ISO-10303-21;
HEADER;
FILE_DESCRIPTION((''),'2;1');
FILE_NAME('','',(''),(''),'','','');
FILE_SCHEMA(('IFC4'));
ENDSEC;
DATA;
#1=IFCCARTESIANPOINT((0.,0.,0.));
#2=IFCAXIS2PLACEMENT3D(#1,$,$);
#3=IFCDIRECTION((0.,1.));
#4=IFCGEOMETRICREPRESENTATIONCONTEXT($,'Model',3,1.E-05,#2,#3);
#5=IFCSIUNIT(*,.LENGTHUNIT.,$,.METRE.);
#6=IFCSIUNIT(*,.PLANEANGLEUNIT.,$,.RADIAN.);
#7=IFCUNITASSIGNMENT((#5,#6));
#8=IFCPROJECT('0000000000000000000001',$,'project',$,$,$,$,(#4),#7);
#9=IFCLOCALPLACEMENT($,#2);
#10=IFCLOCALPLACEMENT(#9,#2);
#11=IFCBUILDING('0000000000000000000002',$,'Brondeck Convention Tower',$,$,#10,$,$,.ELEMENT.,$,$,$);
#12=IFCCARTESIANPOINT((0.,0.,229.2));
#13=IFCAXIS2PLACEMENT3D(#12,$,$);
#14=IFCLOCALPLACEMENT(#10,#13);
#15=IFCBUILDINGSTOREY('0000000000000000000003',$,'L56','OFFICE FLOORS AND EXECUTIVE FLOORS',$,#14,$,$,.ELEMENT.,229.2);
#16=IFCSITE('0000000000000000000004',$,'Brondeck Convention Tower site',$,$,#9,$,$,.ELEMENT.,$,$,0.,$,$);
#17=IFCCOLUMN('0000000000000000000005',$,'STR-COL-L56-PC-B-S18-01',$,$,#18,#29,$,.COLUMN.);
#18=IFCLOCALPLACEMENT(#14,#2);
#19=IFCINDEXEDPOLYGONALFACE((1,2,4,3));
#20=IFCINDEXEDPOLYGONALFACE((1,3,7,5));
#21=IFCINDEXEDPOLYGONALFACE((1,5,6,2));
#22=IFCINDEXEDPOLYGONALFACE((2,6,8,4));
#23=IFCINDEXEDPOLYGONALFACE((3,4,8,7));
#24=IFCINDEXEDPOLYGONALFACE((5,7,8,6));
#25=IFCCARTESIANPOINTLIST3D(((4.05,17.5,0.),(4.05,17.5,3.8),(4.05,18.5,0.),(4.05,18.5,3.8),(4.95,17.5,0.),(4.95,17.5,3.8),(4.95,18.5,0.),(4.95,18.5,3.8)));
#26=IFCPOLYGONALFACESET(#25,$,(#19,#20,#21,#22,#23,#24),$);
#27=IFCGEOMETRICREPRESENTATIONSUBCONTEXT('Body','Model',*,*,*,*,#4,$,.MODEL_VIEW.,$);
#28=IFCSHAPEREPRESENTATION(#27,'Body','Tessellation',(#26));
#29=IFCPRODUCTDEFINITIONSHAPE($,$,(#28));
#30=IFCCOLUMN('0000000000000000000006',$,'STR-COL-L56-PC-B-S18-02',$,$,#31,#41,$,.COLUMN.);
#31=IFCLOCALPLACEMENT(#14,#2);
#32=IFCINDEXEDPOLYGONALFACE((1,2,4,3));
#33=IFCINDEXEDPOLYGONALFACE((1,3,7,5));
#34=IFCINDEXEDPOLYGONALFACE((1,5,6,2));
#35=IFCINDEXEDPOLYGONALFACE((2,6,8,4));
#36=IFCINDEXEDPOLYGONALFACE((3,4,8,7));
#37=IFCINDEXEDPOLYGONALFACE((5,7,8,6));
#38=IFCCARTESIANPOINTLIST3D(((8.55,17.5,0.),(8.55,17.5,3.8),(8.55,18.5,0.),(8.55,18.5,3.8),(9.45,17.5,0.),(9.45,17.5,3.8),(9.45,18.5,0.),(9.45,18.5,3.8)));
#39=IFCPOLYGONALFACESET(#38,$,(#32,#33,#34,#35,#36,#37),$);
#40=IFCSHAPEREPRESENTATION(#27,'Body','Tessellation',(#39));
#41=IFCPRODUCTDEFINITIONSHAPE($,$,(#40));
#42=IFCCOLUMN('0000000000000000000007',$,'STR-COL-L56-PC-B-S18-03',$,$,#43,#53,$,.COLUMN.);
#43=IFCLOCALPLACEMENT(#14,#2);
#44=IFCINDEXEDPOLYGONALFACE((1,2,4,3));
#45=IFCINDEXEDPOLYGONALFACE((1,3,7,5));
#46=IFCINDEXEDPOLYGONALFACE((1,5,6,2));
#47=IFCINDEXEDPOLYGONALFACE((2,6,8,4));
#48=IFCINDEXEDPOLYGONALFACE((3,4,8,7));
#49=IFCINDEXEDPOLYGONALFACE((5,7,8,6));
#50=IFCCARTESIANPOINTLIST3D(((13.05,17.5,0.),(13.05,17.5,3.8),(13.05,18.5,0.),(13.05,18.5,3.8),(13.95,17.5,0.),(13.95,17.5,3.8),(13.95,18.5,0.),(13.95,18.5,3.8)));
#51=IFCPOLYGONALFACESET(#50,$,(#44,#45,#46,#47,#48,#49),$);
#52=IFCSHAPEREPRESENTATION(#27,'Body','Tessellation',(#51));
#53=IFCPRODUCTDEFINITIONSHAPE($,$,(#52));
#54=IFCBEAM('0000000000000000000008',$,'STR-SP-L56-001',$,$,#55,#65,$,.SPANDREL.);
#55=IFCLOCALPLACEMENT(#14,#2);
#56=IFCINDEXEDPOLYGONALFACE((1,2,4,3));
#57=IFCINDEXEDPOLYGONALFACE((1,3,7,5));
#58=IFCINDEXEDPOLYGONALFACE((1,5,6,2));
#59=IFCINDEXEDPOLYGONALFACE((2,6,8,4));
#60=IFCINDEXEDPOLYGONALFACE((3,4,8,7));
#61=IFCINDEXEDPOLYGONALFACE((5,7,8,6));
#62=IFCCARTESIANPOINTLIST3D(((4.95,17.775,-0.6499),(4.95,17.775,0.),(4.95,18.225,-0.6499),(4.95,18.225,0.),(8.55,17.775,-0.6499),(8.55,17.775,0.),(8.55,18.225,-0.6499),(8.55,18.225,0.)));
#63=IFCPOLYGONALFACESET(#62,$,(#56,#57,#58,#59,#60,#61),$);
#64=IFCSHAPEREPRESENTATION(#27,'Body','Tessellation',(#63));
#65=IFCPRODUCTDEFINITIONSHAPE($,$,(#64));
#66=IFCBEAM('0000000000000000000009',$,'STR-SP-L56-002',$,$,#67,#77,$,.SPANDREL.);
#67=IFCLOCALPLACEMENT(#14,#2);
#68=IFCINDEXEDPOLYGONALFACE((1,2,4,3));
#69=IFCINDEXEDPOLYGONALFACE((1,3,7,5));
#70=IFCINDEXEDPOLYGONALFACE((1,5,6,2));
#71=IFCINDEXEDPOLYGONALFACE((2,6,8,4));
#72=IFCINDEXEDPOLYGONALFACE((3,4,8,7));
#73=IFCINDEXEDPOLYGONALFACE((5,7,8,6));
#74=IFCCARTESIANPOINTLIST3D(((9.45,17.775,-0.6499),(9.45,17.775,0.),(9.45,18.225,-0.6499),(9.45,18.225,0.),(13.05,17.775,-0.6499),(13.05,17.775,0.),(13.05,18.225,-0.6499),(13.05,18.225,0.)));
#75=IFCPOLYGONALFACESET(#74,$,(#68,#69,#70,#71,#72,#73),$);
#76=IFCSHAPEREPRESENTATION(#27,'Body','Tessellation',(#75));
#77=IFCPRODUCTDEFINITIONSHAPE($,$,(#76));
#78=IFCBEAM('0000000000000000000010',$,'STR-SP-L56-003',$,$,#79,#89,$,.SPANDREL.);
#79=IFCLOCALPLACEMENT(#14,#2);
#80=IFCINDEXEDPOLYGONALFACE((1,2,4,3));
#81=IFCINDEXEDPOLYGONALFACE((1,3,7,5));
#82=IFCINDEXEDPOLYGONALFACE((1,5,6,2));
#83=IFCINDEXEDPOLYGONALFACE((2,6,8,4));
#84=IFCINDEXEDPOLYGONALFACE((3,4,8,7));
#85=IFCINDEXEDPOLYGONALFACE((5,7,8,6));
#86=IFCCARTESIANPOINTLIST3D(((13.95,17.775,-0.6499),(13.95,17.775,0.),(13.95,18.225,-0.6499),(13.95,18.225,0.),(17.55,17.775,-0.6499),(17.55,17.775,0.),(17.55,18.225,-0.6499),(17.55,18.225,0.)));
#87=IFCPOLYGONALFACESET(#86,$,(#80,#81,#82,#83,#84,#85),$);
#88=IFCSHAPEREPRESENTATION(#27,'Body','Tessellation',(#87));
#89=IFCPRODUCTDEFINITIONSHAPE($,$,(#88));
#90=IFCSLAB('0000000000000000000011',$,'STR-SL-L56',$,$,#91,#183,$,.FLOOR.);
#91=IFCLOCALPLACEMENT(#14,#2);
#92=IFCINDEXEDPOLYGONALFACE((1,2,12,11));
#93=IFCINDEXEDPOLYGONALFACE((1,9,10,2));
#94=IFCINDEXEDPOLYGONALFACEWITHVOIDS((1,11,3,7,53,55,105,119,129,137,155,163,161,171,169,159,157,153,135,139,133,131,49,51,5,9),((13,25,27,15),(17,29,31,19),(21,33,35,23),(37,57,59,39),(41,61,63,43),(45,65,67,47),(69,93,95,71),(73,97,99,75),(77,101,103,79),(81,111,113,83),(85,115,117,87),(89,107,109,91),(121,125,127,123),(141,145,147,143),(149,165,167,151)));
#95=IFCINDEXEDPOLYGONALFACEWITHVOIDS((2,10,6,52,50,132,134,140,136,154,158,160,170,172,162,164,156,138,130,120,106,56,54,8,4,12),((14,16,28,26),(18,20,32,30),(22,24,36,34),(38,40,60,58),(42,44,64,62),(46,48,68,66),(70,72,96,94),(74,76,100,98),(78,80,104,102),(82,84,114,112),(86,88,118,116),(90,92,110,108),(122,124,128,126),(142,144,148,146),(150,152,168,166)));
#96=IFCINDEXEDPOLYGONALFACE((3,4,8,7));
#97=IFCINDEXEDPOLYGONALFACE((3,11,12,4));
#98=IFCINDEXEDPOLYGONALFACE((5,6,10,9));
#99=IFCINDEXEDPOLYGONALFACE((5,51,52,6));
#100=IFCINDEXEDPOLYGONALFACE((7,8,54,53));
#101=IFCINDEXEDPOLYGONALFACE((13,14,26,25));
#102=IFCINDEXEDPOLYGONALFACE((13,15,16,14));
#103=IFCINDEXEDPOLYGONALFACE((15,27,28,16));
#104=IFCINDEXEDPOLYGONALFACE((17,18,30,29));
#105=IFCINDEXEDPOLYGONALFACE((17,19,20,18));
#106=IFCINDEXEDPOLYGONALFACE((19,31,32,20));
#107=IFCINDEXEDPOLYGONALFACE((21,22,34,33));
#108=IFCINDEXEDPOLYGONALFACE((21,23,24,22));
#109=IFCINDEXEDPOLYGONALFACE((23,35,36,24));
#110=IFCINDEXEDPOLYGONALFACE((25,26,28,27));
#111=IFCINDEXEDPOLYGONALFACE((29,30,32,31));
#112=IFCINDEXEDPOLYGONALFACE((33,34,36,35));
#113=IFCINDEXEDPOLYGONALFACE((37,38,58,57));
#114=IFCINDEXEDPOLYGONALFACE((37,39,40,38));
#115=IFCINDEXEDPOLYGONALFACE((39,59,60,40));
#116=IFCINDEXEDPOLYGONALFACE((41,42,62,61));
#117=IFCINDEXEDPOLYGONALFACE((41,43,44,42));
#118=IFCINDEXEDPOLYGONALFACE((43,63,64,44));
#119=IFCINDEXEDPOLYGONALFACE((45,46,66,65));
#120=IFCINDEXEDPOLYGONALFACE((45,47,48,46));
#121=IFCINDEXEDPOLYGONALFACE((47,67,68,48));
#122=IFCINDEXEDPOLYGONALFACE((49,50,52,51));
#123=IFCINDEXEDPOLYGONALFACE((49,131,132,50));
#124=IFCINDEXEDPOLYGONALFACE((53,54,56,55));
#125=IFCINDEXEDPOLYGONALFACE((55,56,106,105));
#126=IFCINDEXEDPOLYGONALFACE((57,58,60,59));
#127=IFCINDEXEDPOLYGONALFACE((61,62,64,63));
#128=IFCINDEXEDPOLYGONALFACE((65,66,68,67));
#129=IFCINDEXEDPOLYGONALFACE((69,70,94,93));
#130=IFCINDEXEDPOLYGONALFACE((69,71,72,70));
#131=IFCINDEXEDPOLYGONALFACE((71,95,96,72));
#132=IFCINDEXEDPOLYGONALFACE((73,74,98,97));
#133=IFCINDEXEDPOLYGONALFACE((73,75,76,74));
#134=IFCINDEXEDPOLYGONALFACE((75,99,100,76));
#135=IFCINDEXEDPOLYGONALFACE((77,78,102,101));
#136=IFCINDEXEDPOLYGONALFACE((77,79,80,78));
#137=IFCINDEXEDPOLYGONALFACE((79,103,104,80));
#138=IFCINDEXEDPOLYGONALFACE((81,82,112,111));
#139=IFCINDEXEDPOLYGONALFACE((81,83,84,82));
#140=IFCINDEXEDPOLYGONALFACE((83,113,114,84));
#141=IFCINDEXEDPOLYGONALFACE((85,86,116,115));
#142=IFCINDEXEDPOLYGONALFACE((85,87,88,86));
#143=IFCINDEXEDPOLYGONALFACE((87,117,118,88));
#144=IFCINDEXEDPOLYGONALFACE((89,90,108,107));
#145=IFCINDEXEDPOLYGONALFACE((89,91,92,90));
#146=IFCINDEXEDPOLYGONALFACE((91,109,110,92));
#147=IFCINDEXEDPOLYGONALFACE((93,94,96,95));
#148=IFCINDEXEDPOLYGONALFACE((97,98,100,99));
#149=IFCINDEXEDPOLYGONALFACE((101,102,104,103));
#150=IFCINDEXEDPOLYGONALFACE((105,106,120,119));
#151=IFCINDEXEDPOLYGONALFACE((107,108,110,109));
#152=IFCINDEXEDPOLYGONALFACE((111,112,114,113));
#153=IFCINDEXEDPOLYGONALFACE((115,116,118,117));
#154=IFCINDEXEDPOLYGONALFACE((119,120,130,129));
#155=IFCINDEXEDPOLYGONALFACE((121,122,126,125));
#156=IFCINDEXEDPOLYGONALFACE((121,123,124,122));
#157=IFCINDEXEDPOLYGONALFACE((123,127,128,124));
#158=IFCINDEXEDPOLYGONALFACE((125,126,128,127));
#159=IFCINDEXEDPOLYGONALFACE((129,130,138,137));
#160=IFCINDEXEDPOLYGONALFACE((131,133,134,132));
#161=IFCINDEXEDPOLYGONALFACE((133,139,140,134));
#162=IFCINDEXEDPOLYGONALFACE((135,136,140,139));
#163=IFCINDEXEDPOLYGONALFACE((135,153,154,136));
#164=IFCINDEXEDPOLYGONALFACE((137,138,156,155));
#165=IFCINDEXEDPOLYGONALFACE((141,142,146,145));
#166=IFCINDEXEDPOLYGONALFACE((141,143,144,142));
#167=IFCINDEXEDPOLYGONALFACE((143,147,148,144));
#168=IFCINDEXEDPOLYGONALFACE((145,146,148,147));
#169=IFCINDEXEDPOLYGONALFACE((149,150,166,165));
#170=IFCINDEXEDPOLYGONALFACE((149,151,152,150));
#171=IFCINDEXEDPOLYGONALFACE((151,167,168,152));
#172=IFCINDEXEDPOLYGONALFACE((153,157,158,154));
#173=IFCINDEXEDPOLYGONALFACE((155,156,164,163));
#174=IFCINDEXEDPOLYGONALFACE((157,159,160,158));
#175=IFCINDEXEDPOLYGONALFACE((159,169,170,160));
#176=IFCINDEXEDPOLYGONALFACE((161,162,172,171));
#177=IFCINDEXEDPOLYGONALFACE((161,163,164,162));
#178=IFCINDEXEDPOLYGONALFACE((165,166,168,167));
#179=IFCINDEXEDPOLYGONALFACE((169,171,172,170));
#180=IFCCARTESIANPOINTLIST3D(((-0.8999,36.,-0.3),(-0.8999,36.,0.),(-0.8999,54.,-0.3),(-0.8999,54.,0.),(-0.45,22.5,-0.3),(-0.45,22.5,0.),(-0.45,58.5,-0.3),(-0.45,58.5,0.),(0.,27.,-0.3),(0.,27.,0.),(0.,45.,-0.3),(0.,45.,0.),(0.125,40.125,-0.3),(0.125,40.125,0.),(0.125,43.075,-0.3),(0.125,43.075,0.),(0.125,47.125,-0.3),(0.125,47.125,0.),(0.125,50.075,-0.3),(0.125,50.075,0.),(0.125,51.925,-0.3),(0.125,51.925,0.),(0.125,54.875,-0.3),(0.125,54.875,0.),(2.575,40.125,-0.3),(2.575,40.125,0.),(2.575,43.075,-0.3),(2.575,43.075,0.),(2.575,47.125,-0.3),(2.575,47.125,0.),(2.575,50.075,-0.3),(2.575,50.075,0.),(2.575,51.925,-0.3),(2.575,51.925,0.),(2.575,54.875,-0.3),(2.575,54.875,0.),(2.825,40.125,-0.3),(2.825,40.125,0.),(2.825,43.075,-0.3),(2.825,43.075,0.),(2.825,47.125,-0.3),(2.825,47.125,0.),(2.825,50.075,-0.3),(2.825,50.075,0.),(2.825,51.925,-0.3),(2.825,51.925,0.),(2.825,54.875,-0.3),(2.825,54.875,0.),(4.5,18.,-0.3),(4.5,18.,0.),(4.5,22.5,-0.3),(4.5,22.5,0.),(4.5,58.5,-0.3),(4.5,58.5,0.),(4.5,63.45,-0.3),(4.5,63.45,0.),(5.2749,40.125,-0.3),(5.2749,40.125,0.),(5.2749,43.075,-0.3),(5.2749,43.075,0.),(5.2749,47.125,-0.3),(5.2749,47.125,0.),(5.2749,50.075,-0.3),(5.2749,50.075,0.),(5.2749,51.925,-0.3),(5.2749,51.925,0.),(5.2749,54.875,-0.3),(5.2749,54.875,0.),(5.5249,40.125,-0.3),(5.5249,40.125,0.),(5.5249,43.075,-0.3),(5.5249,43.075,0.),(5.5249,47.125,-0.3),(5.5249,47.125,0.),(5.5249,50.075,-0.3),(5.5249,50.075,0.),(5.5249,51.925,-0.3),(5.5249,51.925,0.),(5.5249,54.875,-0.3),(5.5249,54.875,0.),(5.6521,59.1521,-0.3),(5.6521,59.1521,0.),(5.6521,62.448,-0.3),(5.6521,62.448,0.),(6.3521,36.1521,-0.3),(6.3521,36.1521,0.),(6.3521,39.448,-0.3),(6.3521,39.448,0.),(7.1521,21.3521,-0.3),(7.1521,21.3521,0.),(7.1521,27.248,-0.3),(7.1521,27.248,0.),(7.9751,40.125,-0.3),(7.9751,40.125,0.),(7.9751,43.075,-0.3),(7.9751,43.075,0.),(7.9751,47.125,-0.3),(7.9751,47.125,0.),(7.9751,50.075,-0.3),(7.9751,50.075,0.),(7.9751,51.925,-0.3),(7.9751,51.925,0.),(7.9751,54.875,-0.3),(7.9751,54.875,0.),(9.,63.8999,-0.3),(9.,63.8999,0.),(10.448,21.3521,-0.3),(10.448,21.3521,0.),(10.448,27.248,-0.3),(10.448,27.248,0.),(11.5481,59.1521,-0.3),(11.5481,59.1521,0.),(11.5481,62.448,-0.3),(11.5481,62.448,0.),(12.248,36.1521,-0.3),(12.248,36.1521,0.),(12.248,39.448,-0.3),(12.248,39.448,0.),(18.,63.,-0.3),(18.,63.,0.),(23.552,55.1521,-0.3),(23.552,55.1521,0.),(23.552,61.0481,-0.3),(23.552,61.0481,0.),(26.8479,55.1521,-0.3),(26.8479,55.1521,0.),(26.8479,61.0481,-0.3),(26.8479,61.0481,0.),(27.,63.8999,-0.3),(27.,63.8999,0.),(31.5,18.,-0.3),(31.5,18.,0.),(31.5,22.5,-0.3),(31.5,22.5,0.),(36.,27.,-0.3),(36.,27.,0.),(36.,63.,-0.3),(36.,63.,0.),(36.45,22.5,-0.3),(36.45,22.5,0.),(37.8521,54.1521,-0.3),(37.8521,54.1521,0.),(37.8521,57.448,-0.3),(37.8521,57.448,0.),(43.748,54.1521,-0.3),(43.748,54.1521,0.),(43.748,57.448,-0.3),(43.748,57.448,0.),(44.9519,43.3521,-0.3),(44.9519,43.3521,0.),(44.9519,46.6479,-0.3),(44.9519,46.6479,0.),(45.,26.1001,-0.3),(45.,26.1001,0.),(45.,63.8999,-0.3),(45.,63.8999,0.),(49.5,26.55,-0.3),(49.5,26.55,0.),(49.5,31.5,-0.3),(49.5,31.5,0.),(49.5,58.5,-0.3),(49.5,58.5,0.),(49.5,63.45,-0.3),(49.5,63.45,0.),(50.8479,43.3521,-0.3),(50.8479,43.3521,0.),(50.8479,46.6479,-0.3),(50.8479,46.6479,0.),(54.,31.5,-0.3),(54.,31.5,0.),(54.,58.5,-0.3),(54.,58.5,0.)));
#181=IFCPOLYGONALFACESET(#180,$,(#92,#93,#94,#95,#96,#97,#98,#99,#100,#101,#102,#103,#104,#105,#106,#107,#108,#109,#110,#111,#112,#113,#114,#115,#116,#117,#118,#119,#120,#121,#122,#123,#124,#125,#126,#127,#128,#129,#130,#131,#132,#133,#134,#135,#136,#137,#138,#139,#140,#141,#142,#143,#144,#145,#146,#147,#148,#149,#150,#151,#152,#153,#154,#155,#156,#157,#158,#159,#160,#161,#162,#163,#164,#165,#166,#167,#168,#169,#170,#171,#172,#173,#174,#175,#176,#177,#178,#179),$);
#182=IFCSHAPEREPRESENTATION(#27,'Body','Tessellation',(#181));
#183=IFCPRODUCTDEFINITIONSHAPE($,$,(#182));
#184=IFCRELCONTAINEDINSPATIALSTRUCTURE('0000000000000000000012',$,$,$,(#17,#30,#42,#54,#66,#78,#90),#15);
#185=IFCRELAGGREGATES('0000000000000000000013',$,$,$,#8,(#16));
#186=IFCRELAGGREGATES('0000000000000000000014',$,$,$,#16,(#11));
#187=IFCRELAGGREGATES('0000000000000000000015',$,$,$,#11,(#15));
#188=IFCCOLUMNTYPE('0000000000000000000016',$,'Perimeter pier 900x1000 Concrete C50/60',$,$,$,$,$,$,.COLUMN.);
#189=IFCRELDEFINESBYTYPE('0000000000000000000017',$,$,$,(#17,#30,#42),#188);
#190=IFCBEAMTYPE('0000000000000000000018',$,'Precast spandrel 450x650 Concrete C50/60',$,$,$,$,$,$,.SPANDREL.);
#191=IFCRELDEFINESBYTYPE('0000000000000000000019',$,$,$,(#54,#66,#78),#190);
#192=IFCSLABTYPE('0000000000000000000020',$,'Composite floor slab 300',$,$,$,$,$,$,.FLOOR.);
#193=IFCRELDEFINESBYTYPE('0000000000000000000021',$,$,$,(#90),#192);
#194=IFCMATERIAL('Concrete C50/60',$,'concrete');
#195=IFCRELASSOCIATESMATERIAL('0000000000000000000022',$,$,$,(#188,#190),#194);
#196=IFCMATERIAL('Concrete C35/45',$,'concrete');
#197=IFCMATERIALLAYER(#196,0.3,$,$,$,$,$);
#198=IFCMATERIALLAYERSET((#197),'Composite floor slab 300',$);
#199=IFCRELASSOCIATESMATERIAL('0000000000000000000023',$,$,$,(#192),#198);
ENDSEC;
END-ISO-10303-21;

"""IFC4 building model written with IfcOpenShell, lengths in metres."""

from ifc_helpers import new_model, si_unit, direction, frame, origin, origin_2d, place, context, subcontext, project, spatial, polyline, rectangle, outline, extrude, material, layer, layer_set, material_profile, profile_set, type_object, element, save


model = new_model("IFC4")

# Units and contexts
model_context = context("Model", 3, precision=1e-05, world=origin(), true_north=direction((0.0, 1.0)))
body_context = subcontext(model_context, "Body", "Model", "MODEL_VIEW")
ifc_project = project(units=[si_unit("LENGTHUNIT", "METRE"), si_unit("PLANEANGLEUNIT", "RADIAN")], contexts=[model_context])

# Site, building, storey
site_placement = place(None, origin())
site = spatial("IfcSite", under=ifc_project, at=site_placement, Name="Brondeck Convention Tower site", CompositionType="ELEMENT", RefElevation=0.0)
building_placement = place(site_placement, origin())
building = spatial("IfcBuilding", under=site, at=building_placement, Name="Brondeck Convention Tower", CompositionType="ELEMENT")
storey_placement = place(building_placement, frame((0.0, 0.0, 229.2)))
storey = spatial("IfcBuildingStorey", under=building, at=storey_placement, Name="L56", Description="OFFICE FLOORS AND EXECUTIVE FLOORS", CompositionType="ELEMENT", Elevation=229.2)

# Columns
ifc_material_1 = material(Name="Concrete C50/60", Category="concrete")
ifc_material_profile_1 = material_profile(ifc_material_1, rectangle(XDim=0.8999, YDim=1.0, at=origin_2d()), Name="Perimeter pier 900x1000 Concrete C50/60")
ifc_profile_set_1 = profile_set([ifc_material_profile_1], Name="Concrete C50/60")
column_type = type_object("IfcColumnType", Name="Perimeter pier 900x1000 Concrete C50/60", PredefinedType="COLUMN", material=ifc_profile_set_1)
for number, where, z_axis, x_axis, name in (
    (1, (4.5, 18.0, 0.0), (0.0, 0.0, 1.0), (1.0, 0.0, 0.0), "STR-COL-L56-PC-B-S18-01"),
    (2, (9.0, 18.0, 0.0), (0.0, 0.0, 1.0), (1.0, 0.0, 0.0), "STR-COL-L56-PC-B-S18-02"),
    (3, (13.5, 18.0, 0.0), (0.0, 0.0, 1.0), (1.0, 0.0, 0.0), "STR-COL-L56-PC-B-S18-03"),
):
    element("IfcColumn", number, at=place(storey_placement, frame(where, z_axis=z_axis, x_axis=x_axis)), inside=storey, type_object=column_type, Name=name, PredefinedType="COLUMN", context=body_context, shape_type="SweptSolid", body=[
        extrude(rectangle(XDim=0.8999, YDim=1.0, at=origin_2d()), origin(), (0.0, 0.0, 1.0), 3.8),
    ])

# Beams
ifc_material_profile_2 = material_profile(ifc_material_1, rectangle(XDim=0.45, YDim=0.6499, at=origin_2d()), Name="Precast spandrel 450x650 Concrete C50/60")
ifc_profile_set_2 = profile_set([ifc_material_profile_2], Name="Concrete C50/60")
beam_type = type_object("IfcBeamType", Name="Precast spandrel 450x650 Concrete C50/60", PredefinedType="SPANDREL", material=ifc_profile_set_2)
for number, where, z_axis, x_axis, name in (
    (4, (4.95, 18.0, -0.325), (1.0, 0.0, 0.0), (0.0, 1.0, 0.0), "STR-SP-L56-001"),
    (5, (9.45, 18.0, -0.325), (1.0, 0.0, 0.0), (0.0, 1.0, 0.0), "STR-SP-L56-002"),
    (6, (13.95, 18.0, -0.325), (1.0, 0.0, 0.0), (0.0, 1.0, 0.0), "STR-SP-L56-003"),
):
    element("IfcBeam", number, at=place(storey_placement, frame(where, z_axis=z_axis, x_axis=x_axis)), inside=storey, type_object=beam_type, Name=name, PredefinedType="SPANDREL", context=body_context, shape_type="SweptSolid", body=[
        extrude(rectangle(XDim=0.45, YDim=0.6499, at=origin_2d()), origin(), (0.0, 0.0, 1.0), 3.6001),
    ])

# Slab
ifc_material_2 = material(Name="Concrete C35/45", Category="concrete")
ifc_layer_1 = layer(ifc_material_2, 0.3)
ifc_layer_set_1 = layer_set([ifc_layer_1], Name="Composite floor slab 300")
slab_type_1 = type_object("IfcSlabType", Name="Composite floor slab 300", PredefinedType="FLOOR", material=ifc_layer_set_1)
slab_1_placement = place(storey_placement, frame((0.0, 0.0, -0.3)))
element("IfcSlab", 7, at=slab_1_placement, inside=storey, type_object=slab_type_1, Name="STR-SL-L56", PredefinedType="FLOOR", context=body_context, shape_type="SweptSolid", body=[
    extrude(outline(polyline([(4.5, 22.5), (-0.45, 22.5), (0.0, 27.0), (-0.8999, 36.0), (0.0, 45.0), (-0.8999, 54.0), (-0.45, 58.5), (4.5, 58.5), (4.5, 63.45), (9.0, 63.8999), (18.0, 63.0), (27.0, 63.8999), (36.0, 63.0), (45.0, 63.8999), (49.5, 63.45), (49.5, 58.5), (54.0, 58.5), (54.0, 31.5), (49.5, 31.5), (49.5, 26.55), (45.0, 26.1001), (36.0, 27.0), (36.45, 22.5), (31.5, 22.5), (31.5, 18.0), (4.5, 18.0), (4.5, 22.5)]), holes=[polyline([(2.575, 43.075), (0.125, 43.075), (0.125, 40.125), (2.575, 40.125), (2.575, 43.075)]), polyline([(5.2749, 40.125), (5.2749, 43.075), (2.825, 43.075), (2.825, 40.125), (5.2749, 40.125)]), polyline([(7.9751, 40.125), (7.9751, 43.075), (5.5249, 43.075), (5.5249, 40.125), (7.9751, 40.125)]), polyline([(2.575, 47.125), (2.575, 50.075), (0.125, 50.075), (0.125, 47.125), (2.575, 47.125)]), polyline([(5.2749, 47.125), (5.2749, 50.075), (2.825, 50.075), (2.825, 47.125), (5.2749, 47.125)]), polyline([(7.9751, 47.125), (7.9751, 50.075), (5.5249, 50.075), (5.5249, 47.125), (7.9751, 47.125)]), polyline([(2.575, 51.925), (2.575, 54.875), (0.125, 54.875), (0.125, 51.925), (2.575, 51.925)]), polyline([(5.2749, 51.925), (5.2749, 54.875), (2.825, 54.875), (2.825, 51.925), (5.2749, 51.925)]), polyline([(10.448, 27.248), (7.1521, 27.248), (7.1521, 21.3521), (10.448, 21.3521), (10.448, 27.248)]), polyline([(12.248, 36.1521), (12.248, 39.448), (6.3521, 39.448), (6.3521, 36.1521), (12.248, 36.1521)]), polyline([(50.8479, 43.3521), (50.8479, 46.6479), (44.9519, 46.6479), (44.9519, 43.3521), (50.8479, 43.3521)]), polyline([(7.9751, 51.925), (7.9751, 54.875), (5.5249, 54.875), (5.5249, 51.925), (7.9751, 51.925)]), polyline([(43.748, 54.1521), (43.748, 57.448), (37.8521, 57.448), (37.8521, 54.1521), (43.748, 54.1521)]), polyline([(23.552, 55.1521), (26.8479, 55.1521), (26.8479, 61.0481), (23.552, 61.0481), (23.552, 55.1521)]), polyline([(5.6521, 62.448), (5.6521, 59.1521), (11.5481, 59.1521), (11.5481, 62.448), (5.6521, 62.448)])]), origin(), (0.0, 0.0, 1.0), 0.3),
])

save(model, "model.ifc")
